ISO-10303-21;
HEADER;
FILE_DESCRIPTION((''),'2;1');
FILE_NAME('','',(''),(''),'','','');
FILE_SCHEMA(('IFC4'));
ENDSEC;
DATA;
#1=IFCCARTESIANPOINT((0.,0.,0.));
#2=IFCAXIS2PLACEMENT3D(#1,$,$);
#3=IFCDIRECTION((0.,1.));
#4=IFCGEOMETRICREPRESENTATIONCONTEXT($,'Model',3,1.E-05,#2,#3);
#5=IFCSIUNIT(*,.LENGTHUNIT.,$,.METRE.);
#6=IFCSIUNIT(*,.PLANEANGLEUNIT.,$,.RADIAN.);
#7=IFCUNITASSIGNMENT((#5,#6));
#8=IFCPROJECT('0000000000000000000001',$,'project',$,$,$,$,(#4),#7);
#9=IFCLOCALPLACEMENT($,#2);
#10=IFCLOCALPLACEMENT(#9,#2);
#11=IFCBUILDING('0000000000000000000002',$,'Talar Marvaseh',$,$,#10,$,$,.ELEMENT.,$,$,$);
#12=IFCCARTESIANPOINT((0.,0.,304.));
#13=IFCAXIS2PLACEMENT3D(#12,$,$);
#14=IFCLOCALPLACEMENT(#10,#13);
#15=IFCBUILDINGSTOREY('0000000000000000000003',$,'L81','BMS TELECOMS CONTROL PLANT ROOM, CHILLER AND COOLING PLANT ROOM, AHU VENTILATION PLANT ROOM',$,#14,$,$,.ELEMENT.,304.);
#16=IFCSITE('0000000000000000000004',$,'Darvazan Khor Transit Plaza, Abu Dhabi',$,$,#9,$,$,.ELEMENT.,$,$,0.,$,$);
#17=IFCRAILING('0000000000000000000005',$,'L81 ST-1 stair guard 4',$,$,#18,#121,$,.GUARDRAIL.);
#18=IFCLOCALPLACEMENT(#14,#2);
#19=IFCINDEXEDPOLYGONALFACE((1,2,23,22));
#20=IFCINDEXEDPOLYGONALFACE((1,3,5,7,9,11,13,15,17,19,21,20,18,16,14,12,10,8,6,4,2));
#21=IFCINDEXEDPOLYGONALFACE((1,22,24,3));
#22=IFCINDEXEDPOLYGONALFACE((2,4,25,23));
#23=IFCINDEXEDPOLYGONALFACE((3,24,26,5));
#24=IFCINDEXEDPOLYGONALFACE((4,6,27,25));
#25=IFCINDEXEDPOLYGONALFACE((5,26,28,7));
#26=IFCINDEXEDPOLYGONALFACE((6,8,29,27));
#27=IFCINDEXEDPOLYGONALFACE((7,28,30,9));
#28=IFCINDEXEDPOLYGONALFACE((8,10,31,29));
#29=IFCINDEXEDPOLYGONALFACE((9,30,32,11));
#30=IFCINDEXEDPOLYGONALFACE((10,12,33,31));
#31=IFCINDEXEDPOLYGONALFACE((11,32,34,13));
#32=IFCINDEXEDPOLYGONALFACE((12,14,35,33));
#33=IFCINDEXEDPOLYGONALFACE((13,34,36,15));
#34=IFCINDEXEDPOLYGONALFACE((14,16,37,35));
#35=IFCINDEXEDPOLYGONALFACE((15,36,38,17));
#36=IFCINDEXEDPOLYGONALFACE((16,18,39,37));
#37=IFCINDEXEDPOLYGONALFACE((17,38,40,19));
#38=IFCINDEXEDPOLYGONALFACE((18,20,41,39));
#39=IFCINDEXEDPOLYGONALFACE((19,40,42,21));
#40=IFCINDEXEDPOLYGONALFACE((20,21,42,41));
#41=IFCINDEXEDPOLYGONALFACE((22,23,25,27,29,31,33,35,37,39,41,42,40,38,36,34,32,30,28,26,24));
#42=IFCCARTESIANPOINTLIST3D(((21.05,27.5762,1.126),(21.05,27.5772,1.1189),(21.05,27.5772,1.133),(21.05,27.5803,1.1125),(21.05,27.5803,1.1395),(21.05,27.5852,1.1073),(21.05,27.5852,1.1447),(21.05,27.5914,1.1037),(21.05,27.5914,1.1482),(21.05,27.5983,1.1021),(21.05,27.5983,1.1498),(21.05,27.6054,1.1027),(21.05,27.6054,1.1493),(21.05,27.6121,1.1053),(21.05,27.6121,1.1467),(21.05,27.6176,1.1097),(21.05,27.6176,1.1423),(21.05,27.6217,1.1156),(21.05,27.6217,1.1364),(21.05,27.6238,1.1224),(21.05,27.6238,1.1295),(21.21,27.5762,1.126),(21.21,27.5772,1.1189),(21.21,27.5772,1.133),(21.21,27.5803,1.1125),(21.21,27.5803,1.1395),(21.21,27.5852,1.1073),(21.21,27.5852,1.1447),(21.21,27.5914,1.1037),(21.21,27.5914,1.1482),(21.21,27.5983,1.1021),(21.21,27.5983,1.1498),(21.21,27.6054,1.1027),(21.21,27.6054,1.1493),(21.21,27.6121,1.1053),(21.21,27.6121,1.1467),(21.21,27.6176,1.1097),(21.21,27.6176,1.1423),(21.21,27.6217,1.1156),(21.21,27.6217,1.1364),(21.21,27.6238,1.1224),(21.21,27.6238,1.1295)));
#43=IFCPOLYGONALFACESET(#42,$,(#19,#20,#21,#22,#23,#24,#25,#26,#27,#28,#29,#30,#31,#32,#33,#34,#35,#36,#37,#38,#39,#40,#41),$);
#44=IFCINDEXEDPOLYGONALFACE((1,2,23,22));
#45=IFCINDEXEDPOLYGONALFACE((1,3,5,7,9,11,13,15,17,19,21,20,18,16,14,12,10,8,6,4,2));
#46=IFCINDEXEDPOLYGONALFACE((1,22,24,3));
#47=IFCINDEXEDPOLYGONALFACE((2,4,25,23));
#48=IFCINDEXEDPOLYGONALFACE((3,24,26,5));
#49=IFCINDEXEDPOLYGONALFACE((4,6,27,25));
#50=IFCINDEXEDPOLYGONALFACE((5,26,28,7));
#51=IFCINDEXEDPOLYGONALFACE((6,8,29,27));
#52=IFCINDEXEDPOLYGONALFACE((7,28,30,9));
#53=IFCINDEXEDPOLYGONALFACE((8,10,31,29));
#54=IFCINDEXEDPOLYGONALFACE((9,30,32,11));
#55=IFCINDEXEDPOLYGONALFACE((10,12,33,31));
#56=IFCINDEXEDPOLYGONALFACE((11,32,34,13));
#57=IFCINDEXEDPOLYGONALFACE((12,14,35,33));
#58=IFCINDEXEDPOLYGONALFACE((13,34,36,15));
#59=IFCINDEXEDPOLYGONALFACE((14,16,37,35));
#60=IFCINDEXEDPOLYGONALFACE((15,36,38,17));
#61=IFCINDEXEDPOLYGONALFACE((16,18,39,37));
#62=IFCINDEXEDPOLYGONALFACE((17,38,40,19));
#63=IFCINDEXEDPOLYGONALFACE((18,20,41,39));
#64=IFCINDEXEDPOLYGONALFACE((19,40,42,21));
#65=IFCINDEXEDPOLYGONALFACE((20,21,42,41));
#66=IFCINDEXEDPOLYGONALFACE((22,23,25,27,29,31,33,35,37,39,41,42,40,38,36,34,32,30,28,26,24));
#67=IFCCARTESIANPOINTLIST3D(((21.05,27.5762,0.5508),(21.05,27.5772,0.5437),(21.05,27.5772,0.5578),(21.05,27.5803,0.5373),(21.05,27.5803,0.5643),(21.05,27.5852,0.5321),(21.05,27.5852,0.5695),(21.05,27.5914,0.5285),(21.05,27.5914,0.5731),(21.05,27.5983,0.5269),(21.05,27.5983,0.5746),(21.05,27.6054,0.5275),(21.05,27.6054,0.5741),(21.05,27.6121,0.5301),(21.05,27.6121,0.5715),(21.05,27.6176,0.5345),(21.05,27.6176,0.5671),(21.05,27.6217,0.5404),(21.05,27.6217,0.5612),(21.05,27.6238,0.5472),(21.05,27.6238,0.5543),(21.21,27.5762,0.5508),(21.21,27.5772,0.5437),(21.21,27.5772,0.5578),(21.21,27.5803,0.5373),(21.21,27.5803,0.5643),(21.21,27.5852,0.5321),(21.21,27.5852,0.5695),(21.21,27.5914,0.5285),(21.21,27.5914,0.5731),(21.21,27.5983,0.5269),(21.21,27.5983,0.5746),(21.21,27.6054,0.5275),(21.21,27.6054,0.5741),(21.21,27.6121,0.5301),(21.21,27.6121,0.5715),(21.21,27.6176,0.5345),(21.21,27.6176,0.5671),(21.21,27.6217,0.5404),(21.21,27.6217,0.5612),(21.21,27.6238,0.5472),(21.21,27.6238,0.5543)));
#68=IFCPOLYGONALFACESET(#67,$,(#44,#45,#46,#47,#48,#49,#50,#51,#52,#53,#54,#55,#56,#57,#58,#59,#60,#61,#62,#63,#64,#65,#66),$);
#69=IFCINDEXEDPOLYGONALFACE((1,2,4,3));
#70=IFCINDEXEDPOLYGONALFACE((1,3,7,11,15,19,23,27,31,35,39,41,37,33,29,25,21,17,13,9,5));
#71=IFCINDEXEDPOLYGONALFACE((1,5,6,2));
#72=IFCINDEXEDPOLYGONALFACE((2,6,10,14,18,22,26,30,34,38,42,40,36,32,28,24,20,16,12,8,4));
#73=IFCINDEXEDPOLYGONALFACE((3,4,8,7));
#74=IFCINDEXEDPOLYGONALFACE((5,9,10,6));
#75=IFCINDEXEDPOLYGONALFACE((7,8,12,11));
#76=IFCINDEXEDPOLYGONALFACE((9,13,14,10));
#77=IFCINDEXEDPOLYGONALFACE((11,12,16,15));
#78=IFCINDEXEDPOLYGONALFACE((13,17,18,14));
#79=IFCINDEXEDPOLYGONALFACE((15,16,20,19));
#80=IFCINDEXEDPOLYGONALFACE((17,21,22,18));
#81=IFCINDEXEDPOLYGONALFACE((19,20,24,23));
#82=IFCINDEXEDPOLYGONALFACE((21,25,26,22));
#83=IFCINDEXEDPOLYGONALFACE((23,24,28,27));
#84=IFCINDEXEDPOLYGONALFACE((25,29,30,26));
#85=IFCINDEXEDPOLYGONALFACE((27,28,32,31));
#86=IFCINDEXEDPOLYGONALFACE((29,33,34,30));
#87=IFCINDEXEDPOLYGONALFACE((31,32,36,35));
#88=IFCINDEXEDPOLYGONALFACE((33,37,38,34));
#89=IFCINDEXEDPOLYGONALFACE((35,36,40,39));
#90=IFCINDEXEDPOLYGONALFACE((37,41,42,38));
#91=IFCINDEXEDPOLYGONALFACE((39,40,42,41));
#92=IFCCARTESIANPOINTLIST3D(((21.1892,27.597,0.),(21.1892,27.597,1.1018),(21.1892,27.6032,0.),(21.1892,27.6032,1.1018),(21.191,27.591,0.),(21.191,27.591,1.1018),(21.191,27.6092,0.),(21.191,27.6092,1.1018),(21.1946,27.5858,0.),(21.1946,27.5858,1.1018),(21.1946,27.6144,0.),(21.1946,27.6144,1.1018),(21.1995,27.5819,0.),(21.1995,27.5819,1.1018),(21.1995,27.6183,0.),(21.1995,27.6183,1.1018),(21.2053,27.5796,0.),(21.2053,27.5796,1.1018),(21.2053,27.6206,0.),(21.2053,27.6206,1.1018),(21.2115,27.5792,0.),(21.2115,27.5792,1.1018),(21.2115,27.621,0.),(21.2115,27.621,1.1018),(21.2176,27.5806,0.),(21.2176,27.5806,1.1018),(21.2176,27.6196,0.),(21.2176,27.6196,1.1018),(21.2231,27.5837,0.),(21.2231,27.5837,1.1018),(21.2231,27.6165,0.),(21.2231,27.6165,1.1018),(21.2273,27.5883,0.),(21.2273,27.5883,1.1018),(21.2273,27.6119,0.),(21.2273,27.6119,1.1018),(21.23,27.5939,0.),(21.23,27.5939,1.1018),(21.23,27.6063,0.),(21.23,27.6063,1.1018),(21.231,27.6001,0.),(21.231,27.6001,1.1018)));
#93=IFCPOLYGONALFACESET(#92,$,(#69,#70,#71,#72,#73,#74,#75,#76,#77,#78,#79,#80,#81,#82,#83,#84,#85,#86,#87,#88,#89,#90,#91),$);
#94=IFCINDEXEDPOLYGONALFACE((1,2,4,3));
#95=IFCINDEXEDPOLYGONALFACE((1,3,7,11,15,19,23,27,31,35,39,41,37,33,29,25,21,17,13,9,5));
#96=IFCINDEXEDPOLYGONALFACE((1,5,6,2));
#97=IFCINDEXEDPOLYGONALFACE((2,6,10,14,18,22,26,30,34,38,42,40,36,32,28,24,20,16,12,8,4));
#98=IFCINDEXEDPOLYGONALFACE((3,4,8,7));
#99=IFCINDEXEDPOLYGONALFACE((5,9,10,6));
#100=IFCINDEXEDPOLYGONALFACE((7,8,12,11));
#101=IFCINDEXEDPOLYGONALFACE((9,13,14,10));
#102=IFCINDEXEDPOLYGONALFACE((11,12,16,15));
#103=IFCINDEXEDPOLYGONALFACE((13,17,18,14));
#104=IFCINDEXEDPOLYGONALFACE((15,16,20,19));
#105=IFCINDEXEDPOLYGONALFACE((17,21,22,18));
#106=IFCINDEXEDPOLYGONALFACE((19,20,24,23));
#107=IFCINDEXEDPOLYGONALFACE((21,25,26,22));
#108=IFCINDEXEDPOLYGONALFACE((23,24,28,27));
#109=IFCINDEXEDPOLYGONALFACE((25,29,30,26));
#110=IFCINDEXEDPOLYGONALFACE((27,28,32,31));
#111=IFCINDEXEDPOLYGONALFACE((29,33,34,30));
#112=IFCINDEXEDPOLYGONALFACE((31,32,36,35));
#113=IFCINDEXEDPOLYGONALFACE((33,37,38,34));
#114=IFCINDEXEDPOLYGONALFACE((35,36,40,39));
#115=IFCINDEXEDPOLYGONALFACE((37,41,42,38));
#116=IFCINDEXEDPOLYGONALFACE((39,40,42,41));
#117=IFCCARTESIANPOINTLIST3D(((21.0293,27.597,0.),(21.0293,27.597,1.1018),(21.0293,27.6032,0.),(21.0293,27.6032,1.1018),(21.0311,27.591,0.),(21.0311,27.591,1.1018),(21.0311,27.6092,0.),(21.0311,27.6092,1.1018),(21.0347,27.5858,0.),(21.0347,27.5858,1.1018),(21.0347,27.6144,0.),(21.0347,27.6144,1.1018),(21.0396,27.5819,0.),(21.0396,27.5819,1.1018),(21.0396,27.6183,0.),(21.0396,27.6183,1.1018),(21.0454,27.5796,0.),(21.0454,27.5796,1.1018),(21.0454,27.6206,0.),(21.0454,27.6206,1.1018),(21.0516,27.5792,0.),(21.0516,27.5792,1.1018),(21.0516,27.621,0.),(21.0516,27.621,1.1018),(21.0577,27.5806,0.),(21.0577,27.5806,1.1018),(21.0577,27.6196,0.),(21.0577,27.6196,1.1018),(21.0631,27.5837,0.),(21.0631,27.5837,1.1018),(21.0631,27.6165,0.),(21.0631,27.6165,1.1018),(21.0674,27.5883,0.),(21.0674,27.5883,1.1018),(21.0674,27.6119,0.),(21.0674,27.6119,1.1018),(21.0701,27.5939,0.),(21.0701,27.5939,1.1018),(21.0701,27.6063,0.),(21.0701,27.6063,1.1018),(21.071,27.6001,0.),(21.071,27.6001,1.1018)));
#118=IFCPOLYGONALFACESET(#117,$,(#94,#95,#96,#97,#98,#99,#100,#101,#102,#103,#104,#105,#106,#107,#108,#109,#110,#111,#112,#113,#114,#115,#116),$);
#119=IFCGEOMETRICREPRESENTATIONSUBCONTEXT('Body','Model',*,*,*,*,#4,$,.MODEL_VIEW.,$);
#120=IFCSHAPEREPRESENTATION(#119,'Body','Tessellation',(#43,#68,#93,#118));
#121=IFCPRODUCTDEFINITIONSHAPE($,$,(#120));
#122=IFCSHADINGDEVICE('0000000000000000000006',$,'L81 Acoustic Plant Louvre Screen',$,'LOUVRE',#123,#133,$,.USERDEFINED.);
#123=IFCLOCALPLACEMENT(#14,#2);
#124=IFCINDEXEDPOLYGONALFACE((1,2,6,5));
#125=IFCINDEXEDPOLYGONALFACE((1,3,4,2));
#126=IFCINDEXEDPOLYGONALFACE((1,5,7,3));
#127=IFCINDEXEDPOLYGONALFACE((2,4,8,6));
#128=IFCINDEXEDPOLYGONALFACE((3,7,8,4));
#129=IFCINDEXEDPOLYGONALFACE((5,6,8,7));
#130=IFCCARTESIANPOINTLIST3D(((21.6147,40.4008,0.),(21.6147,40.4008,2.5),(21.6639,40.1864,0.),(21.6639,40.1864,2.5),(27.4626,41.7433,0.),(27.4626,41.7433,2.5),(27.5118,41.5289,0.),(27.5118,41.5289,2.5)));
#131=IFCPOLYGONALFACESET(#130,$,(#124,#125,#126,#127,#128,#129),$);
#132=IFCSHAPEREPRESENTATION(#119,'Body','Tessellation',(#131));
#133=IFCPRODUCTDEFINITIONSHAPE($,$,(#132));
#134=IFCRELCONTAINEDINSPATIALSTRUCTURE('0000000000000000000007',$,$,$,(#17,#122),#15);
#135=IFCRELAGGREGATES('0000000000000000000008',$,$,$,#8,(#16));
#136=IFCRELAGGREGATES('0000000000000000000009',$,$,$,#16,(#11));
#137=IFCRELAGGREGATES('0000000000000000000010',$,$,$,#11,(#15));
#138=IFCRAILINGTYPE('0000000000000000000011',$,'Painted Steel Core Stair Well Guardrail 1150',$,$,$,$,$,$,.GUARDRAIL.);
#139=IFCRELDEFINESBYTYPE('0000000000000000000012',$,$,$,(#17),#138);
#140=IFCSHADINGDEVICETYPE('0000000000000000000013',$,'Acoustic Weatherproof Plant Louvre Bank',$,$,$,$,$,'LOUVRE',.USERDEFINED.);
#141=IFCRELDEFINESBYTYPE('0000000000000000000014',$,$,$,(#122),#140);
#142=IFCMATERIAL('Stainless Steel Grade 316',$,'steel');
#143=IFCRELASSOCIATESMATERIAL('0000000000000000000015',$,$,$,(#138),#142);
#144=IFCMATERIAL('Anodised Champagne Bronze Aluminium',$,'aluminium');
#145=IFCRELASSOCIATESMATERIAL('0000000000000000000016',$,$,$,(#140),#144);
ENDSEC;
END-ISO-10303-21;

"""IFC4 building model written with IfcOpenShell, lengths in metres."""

from ifc_helpers import new_model, si_unit, direction, frame, origin, origin_2d, place, context, subcontext, project, spatial, rectangle, circle, extrude, source, transform, mapped, material, type_object, type_shapes, element, save


model = new_model("IFC4")

# Units and contexts
model_context = context("Model", 3, precision=1e-05, world=origin(), true_north=direction((0.0, 1.0)))
body_context = subcontext(model_context, "Body", "Model", "MODEL_VIEW")
ifc_project = project(units=[si_unit("LENGTHUNIT", "METRE"), si_unit("PLANEANGLEUNIT", "RADIAN")], contexts=[model_context])

# Site, building, storey
site_placement = place(None, origin())
site = spatial("IfcSite", under=ifc_project, at=site_placement, Name="Darvazan Khor Transit Plaza, Abu Dhabi", CompositionType="ELEMENT", RefElevation=0.0)
building_placement = place(site_placement, origin())
building = spatial("IfcBuilding", under=site, at=building_placement, Name="Talar Marvaseh", CompositionType="ELEMENT")
storey_placement = place(building_placement, frame((0.0, 0.0, 304.0)))
storey = spatial("IfcBuildingStorey", under=building, at=storey_placement, Name="L81", Description="BMS TELECOMS CONTROL PLANT ROOM, CHILLER AND COOLING PLANT ROOM, AHU VENTILATION PLANT ROOM", CompositionType="ELEMENT", Elevation=304.0)

# Shared definitions
ifc_material_1 = material(Name="Stainless Steel Grade 316", Category="steel")

# Railing
railing_type_1 = type_object("IfcRailingType", Name="Painted Steel Core Stair Well Guardrail 1150", PredefinedType="GUARDRAIL", material=ifc_material_1)
railing_1_placement = place(storey_placement, frame((21.21, 27.6001, 0.0)))
element("IfcRailing", 1, at=railing_1_placement, inside=storey, type_object=railing_type_1, Name="L81 ST-1 stair guard 4", PredefinedType="GUARDRAIL", context=body_context, shape_type="SweptSolid", body=[
    extrude(circle(Radius=0.0239, at=origin_2d()), frame((0.0, 0.0, 1.126), z_axis=(-1.0, 0.0, 0.0), x_axis=(0.0, -1.0, 0.0)), (0.0, 0.0, 1.0), 0.1599),
    extrude(circle(Radius=0.0239, at=origin_2d()), frame((0.0, 0.0, 0.5508), z_axis=(-1.0, 0.0, 0.0), x_axis=(0.0, -1.0, 0.0)), (0.0, 0.0, 1.0), 0.1599),
    extrude(circle(Radius=0.021, at=origin_2d()), origin(), (0.0, 0.0, 1.0), 1.1018),
    extrude(circle(Radius=0.021, at=origin_2d()), frame((-0.1599, 0.0, 0.0)), (0.0, 0.0, 1.0), 1.1018),
])

# Shading device
ifc_material_2 = material(Name="Anodised Champagne Bronze Aluminium", Category="aluminium")
shading_device_type = type_object("IfcShadingDeviceType", Name="Acoustic Weatherproof Plant Louvre Bank", ElementType="LOUVRE", PredefinedType="USERDEFINED", material=ifc_material_2)
shared_shape_1 = source(origin(), body_context, "Body", "SweptSolid", [
    extrude(rectangle(XDim=6.0, YDim=0.22, at=origin_2d()), origin(), (0.0, 0.0, 1.0), 2.5),
])
type_shapes(shading_device_type, [shared_shape_1])
shading_device_placement = place(storey_placement, frame((24.5632, 40.9648, 0.0), z_axis=(0.0, 0.0, 1.0), x_axis=(0.974644, 0.22376, 0.0)))
element("IfcShadingDevice", 2, at=shading_device_placement, inside=storey, type_object=shading_device_type, Name="L81 Acoustic Plant Louvre Screen", ObjectType="LOUVRE", PredefinedType="USERDEFINED", context=body_context, shape_type="MappedRepresentation", body=[
    mapped(shared_shape_1, transform((0.0, 0.0, 0.0), x_axis=(1.0, 0.0, 0.0), y_axis=(0.0, 1.0, 0.0), z_axis=(0.0, 0.0, 1.0), scale=1.0)),
])

save(model, "model.ifc")
